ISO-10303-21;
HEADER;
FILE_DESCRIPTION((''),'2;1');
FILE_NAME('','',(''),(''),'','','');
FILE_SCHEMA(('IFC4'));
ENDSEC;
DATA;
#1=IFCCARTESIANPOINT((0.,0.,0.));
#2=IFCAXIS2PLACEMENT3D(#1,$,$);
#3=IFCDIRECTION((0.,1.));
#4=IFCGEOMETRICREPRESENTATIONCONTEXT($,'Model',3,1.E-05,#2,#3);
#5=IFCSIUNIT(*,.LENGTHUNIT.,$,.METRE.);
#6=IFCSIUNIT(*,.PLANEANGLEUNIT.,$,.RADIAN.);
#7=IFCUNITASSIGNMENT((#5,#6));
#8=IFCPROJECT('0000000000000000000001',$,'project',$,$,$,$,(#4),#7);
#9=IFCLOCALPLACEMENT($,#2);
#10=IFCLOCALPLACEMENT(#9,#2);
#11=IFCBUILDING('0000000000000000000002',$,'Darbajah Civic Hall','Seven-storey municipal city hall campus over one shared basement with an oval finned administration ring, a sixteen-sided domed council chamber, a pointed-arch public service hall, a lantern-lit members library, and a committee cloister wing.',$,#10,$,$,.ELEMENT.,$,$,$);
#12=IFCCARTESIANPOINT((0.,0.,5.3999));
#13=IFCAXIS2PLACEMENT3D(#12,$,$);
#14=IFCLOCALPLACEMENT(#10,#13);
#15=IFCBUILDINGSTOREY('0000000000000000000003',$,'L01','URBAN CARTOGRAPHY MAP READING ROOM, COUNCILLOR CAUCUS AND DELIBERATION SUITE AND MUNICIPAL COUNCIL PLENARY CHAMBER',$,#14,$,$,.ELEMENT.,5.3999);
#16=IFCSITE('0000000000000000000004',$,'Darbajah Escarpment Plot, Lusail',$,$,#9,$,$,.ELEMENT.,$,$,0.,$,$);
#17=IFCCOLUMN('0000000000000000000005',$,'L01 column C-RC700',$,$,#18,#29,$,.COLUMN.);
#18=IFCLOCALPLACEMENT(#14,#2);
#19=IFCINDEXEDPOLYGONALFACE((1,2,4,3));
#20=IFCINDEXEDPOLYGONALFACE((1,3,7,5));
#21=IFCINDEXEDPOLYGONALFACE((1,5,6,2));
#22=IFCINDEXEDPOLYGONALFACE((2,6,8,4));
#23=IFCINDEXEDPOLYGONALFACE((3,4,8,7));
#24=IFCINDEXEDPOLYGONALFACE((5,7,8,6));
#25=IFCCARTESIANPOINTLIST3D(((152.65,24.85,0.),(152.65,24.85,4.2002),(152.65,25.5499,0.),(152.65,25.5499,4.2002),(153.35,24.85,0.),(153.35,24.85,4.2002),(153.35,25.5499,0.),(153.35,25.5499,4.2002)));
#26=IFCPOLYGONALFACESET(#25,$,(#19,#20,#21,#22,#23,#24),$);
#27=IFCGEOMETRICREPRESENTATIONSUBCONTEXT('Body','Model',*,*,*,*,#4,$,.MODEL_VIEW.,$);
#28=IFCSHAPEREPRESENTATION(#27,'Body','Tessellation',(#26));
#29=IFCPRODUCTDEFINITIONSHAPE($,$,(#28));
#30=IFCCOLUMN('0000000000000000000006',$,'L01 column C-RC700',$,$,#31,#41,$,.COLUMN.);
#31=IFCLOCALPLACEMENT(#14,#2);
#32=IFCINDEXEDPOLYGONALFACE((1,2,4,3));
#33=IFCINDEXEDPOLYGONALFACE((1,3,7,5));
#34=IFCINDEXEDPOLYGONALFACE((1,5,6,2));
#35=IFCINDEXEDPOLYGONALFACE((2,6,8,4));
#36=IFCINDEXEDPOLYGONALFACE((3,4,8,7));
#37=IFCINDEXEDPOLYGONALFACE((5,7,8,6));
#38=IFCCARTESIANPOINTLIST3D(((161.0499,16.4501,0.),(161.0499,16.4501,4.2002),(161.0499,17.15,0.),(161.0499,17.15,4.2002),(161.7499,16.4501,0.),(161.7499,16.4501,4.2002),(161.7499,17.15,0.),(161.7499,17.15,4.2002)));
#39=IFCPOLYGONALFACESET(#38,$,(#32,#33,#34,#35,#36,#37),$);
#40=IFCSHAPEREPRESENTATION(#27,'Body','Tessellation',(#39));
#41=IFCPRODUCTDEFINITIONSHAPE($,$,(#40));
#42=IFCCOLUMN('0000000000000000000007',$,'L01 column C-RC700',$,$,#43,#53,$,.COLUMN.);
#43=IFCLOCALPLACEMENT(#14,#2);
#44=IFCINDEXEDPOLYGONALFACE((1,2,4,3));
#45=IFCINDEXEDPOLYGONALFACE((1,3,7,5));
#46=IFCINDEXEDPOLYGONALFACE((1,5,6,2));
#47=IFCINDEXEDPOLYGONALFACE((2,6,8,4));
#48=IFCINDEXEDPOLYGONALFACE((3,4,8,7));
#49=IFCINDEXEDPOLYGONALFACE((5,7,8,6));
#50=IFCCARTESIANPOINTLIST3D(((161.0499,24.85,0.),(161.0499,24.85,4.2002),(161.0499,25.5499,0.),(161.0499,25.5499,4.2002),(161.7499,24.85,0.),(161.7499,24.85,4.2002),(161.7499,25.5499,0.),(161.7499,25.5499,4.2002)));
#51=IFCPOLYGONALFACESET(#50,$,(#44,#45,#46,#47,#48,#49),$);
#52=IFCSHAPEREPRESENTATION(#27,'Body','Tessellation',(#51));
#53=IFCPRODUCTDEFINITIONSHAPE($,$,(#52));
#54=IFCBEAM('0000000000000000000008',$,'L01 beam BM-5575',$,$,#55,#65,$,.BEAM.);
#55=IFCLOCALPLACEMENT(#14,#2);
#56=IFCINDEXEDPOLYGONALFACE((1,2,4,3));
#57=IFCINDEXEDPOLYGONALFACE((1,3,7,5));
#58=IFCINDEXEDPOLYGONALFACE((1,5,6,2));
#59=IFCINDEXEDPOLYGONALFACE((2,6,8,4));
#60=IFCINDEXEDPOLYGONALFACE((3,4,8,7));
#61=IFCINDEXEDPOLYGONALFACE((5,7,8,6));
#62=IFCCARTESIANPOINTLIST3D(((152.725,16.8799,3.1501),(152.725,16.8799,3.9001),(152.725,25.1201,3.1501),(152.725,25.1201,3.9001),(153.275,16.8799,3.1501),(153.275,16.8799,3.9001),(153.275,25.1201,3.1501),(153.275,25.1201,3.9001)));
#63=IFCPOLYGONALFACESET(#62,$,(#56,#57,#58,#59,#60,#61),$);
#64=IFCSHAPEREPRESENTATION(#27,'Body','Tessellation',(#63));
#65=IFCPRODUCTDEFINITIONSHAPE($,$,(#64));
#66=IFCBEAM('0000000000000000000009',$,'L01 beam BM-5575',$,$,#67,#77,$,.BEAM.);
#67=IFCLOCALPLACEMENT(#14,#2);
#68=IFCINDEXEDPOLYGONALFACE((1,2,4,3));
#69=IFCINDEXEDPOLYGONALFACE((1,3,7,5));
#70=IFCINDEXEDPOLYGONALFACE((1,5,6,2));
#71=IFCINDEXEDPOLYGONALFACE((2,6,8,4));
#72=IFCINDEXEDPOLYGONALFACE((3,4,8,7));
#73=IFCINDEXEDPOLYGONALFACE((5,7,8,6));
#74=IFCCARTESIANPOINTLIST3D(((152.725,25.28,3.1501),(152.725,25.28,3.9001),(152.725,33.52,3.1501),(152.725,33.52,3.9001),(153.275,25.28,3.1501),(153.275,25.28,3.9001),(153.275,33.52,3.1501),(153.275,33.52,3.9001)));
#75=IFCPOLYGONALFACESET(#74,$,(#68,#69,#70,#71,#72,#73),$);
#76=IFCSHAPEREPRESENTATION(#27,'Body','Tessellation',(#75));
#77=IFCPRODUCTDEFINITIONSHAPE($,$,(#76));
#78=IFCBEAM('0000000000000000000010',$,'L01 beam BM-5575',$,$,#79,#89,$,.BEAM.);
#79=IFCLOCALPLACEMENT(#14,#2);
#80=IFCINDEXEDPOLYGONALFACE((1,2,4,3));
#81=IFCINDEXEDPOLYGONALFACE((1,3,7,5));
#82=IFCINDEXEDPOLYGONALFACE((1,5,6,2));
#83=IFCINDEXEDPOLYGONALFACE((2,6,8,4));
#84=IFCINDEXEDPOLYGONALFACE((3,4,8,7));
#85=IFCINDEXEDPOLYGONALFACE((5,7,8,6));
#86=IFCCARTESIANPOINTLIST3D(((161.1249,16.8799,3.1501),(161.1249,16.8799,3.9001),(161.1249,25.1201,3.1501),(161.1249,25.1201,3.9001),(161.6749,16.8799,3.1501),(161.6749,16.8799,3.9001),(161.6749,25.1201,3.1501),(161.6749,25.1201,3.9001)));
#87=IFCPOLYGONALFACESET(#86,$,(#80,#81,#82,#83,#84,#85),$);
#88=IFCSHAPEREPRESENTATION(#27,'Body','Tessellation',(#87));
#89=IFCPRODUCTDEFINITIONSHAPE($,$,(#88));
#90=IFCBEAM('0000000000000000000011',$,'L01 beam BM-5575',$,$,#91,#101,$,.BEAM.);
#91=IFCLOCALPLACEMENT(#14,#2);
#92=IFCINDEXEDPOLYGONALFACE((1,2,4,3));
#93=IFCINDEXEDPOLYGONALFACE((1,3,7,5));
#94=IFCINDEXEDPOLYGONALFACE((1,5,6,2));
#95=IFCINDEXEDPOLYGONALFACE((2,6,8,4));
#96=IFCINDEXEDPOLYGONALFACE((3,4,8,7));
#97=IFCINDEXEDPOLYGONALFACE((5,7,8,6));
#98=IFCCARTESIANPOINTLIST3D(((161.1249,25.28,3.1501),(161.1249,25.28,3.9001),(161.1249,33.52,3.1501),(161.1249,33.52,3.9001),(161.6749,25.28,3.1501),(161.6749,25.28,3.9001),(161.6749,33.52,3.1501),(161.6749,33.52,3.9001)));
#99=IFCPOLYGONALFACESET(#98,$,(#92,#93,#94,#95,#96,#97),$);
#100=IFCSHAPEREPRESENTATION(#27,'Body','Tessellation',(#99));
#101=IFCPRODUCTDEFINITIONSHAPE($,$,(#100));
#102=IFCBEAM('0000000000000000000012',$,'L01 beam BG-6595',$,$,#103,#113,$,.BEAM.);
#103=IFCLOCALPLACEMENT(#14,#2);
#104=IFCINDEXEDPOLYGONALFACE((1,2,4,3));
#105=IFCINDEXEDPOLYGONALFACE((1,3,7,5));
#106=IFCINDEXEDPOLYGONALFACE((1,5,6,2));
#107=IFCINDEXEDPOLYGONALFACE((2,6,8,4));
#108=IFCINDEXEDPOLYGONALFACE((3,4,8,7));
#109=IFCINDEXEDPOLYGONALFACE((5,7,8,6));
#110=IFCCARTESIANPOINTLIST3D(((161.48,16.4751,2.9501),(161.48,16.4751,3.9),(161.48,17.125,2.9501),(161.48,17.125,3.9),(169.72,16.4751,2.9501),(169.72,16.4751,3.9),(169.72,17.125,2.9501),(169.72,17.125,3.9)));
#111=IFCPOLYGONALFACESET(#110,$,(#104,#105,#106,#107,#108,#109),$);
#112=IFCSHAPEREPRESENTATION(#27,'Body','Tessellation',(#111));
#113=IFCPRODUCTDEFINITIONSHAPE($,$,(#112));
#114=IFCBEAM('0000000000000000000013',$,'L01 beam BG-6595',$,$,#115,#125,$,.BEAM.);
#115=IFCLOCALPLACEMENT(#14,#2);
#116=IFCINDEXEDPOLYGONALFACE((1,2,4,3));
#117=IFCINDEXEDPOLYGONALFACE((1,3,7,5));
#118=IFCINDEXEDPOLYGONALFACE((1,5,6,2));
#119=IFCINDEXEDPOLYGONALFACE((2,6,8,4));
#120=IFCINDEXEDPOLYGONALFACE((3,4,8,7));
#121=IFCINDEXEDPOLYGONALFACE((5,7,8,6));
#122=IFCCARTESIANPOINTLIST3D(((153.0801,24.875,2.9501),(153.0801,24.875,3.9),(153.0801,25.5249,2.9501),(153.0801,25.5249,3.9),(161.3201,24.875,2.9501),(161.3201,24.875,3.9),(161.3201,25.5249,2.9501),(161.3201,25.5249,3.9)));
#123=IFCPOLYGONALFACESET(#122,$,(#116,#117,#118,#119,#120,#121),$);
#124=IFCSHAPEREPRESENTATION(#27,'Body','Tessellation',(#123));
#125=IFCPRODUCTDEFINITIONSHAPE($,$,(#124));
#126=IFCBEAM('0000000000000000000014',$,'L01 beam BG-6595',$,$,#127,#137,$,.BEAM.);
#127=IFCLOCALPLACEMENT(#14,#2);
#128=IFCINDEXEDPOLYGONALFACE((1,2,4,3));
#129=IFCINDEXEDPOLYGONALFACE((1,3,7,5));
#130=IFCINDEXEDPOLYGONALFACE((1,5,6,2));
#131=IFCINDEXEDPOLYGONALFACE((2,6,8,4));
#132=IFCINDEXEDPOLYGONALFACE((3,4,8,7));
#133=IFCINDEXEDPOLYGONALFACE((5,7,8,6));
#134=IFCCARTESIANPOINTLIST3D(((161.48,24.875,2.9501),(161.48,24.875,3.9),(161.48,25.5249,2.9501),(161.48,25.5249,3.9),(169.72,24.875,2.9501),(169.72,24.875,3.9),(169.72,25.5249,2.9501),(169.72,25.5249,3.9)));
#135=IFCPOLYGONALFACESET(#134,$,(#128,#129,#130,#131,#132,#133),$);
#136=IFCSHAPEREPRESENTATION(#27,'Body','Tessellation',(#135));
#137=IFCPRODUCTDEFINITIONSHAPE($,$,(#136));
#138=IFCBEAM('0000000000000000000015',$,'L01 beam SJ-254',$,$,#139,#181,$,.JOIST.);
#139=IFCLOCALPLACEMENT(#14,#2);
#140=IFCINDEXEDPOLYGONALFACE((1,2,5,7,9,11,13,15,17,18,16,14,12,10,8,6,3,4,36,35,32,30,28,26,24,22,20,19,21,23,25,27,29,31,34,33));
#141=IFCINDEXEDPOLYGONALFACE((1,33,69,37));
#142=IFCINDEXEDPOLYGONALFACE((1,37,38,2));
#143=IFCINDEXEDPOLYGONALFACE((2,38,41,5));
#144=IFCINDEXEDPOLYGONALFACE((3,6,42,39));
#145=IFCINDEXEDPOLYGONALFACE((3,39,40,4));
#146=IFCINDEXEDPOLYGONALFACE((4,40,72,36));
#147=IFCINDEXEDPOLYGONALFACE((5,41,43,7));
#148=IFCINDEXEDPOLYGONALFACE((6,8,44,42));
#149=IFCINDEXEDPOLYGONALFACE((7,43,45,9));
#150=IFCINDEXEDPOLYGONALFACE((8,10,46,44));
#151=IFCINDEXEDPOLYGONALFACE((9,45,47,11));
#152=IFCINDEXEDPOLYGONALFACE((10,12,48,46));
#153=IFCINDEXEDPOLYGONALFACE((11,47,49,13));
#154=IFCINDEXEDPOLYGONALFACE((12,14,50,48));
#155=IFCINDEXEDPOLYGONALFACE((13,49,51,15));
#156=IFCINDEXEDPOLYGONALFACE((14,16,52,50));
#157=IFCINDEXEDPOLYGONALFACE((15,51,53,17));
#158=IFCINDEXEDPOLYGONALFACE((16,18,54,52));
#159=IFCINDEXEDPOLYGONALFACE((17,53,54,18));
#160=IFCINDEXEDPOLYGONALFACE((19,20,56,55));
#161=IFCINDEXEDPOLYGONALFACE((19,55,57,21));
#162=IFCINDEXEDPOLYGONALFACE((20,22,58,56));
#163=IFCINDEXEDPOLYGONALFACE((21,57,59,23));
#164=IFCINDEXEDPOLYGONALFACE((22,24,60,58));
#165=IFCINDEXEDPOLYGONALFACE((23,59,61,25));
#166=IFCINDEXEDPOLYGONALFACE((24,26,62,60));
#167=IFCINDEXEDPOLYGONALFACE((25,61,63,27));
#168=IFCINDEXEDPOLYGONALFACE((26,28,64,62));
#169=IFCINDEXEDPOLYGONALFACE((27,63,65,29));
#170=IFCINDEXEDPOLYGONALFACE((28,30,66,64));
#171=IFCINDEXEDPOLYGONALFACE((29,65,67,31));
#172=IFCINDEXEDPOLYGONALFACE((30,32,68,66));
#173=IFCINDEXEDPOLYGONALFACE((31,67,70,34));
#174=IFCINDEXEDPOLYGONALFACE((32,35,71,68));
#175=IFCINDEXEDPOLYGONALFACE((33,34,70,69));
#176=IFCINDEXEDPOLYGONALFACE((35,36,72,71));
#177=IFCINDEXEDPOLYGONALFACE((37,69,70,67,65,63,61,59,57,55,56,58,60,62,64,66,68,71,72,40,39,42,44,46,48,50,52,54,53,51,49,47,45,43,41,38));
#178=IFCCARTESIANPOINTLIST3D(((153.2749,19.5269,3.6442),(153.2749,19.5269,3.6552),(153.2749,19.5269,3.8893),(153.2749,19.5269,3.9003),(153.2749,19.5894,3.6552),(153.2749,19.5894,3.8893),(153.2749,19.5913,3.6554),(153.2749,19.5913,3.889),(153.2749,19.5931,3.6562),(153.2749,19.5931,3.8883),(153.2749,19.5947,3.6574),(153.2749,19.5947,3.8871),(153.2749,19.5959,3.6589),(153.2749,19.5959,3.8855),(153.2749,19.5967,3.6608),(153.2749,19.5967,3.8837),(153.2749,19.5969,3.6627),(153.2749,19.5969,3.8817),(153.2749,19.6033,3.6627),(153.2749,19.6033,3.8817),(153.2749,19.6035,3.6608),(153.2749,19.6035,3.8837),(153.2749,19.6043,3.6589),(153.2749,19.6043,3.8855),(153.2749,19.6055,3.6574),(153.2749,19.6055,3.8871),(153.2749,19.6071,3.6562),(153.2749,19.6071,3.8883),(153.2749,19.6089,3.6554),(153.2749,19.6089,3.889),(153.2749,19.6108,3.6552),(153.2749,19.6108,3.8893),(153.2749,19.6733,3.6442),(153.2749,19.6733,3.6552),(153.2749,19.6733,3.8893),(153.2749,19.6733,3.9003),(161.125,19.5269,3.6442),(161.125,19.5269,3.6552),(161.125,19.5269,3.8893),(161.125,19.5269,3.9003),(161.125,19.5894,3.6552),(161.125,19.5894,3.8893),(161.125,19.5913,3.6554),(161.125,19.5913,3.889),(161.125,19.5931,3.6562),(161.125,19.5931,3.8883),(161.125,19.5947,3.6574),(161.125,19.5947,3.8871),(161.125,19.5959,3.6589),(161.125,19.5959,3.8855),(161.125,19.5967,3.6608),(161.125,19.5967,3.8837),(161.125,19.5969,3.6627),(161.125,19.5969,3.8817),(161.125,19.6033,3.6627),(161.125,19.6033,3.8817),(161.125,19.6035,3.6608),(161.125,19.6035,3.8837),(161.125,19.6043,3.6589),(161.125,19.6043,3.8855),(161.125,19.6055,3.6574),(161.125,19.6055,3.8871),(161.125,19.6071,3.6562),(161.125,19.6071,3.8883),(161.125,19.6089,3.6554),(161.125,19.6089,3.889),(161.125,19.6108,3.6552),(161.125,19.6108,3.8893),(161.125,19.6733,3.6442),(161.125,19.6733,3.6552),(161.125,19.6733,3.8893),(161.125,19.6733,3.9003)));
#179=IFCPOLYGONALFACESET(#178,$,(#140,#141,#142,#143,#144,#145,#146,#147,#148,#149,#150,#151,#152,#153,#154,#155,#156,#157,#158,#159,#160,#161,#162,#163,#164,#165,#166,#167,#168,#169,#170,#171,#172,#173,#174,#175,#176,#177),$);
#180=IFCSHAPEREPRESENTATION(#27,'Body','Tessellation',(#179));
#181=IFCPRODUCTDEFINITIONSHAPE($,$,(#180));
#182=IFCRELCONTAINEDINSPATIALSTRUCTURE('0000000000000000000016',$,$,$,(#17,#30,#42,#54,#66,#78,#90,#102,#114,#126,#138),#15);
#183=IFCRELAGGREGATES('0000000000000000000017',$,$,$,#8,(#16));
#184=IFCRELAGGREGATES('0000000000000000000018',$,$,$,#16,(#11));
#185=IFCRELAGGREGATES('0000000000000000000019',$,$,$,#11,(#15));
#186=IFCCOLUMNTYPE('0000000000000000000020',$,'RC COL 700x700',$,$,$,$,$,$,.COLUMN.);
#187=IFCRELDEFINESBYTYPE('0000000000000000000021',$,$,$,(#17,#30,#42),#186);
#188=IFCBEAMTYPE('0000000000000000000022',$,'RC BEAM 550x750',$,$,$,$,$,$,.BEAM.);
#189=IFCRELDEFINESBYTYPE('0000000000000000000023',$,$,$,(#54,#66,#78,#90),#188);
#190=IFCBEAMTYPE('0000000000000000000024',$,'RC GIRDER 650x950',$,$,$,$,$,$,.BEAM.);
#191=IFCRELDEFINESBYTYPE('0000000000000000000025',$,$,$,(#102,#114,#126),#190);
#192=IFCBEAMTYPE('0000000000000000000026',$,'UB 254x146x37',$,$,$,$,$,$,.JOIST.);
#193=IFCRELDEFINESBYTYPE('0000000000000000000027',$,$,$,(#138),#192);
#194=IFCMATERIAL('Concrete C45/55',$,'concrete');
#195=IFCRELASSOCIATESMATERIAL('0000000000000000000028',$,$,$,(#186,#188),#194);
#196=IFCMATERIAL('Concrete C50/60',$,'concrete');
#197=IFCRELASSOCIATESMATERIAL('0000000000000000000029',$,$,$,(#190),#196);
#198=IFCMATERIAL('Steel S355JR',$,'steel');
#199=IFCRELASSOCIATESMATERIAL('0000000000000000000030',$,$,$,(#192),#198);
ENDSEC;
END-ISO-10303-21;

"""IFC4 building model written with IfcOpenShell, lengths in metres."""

from ifc_helpers import new_model, si_unit, direction, frame, origin, origin_2d, place, context, subcontext, project, spatial, rectangle, i_section, extrude, material, material_profile, profile_set, type_object, element, save


model = new_model("IFC4")

# Units and contexts
model_context = context("Model", 3, precision=1e-05, world=origin(), true_north=direction((0.0, 1.0)))
body_context = subcontext(model_context, "Body", "Model", "MODEL_VIEW")
ifc_project = project(units=[si_unit("LENGTHUNIT", "METRE"), si_unit("PLANEANGLEUNIT", "RADIAN")], contexts=[model_context])

# Site, building, storey
site_placement = place(None, origin())
site = spatial("IfcSite", under=ifc_project, at=site_placement, Name="Darbajah Escarpment Plot, Lusail", CompositionType="ELEMENT", RefElevation=0.0)
building_placement = place(site_placement, origin())
building = spatial("IfcBuilding", under=site, at=building_placement, Name="Darbajah Civic Hall", Description="Seven-storey municipal city hall campus over one shared basement with an oval finned administration ring, a sixteen-sided domed council chamber, a pointed-arch public service hall, a lantern-lit members library, and a committee cloister wing.", CompositionType="ELEMENT")
storey_placement = place(building_placement, frame((0.0, 0.0, 5.3999)))
storey = spatial("IfcBuildingStorey", under=building, at=storey_placement, Name="L01", Description="URBAN CARTOGRAPHY MAP READING ROOM, COUNCILLOR CAUCUS AND DELIBERATION SUITE AND MUNICIPAL COUNCIL PLENARY CHAMBER", CompositionType="ELEMENT", Elevation=5.3999)

# Columns
ifc_material_1 = material(Name="Concrete C45/55", Category="concrete")
ifc_material_profile_1 = material_profile(ifc_material_1, rectangle(XDim=0.7, YDim=0.7, at=origin_2d()), Name="RC COL 700x700")
ifc_profile_set_1 = profile_set([ifc_material_profile_1], Name="Concrete C45/55")
column_type = type_object("IfcColumnType", Name="RC COL 700x700", PredefinedType="COLUMN", material=ifc_profile_set_1)
for number, where, z_axis, x_axis, name in (
    (1, (153.0, 25.2, 0.0), (0.0, 0.0, 1.0), (1.0, 0.0, 0.0), "L01 column C-RC700"),
    (2, (161.3999, 16.8, 0.0), (0.0, 0.0, 1.0), (1.0, 0.0, 0.0), "L01 column C-RC700"),
    (3, (161.3999, 25.2, 0.0), (0.0, 0.0, 1.0), (1.0, 0.0, 0.0), "L01 column C-RC700"),
):
    element("IfcColumn", number, at=place(storey_placement, frame(where, z_axis=z_axis, x_axis=x_axis)), inside=storey, type_object=column_type, Name=name, PredefinedType="COLUMN", context=body_context, shape_type="SweptSolid", body=[
        extrude(rectangle(XDim=0.7, YDim=0.7, at=origin_2d()), origin(), (0.0, 0.0, 1.0), 4.2002),
    ])

# Beams
ifc_material_profile_2 = material_profile(ifc_material_1, rectangle(XDim=0.55, YDim=0.75, at=origin_2d()), Name="RC BEAM 550x750")
ifc_profile_set_2 = profile_set([ifc_material_profile_2], Name="Concrete C45/55")
beam_type_1 = type_object("IfcBeamType", Name="RC BEAM 550x750", PredefinedType="BEAM", material=ifc_profile_set_2)
beam_1_placement = place(storey_placement, frame((153.0, 16.8799, 3.5251), z_axis=(0.0, 1.0, 0.0), x_axis=(-1.0, 0.0, 0.0)))
element("IfcBeam", 4, at=beam_1_placement, inside=storey, type_object=beam_type_1, Name="L01 beam BM-5575", PredefinedType="BEAM", context=body_context, shape_type="SweptSolid", body=[
    extrude(rectangle(XDim=0.55, YDim=0.75, at=origin_2d()), origin(), (0.0, 0.0, 1.0), 8.2402),
])
beam_2_placement = place(storey_placement, frame((153.0, 25.28, 3.5251), z_axis=(0.0, 1.0, 0.0), x_axis=(-1.0, 0.0, 0.0)))
element("IfcBeam", 5, at=beam_2_placement, inside=storey, type_object=beam_type_1, Name="L01 beam BM-5575", PredefinedType="BEAM", context=body_context, shape_type="SweptSolid", body=[
    extrude(rectangle(XDim=0.55, YDim=0.75, at=origin_2d()), origin(), (0.0, 0.0, 1.0), 8.24),
])
beam_3_placement = place(storey_placement, frame((161.3999, 16.8799, 3.5251), z_axis=(0.0, 1.0, 0.0), x_axis=(-1.0, 0.0, 0.0)))
element("IfcBeam", 6, at=beam_3_placement, inside=storey, type_object=beam_type_1, Name="L01 beam BM-5575", PredefinedType="BEAM", context=body_context, shape_type="SweptSolid", body=[
    extrude(rectangle(XDim=0.55, YDim=0.75, at=origin_2d()), origin(), (0.0, 0.0, 1.0), 8.2402),
])
beam_4_placement = place(storey_placement, frame((161.3999, 25.28, 3.5251), z_axis=(0.0, 1.0, 0.0), x_axis=(-1.0, 0.0, 0.0)))
element("IfcBeam", 7, at=beam_4_placement, inside=storey, type_object=beam_type_1, Name="L01 beam BM-5575", PredefinedType="BEAM", context=body_context, shape_type="SweptSolid", body=[
    extrude(rectangle(XDim=0.55, YDim=0.75, at=origin_2d()), origin(), (0.0, 0.0, 1.0), 8.24),
])
ifc_material_2 = material(Name="Concrete C50/60", Category="concrete")
ifc_material_profile_3 = material_profile(ifc_material_2, rectangle(XDim=0.6499, YDim=0.95, at=origin_2d()), Name="RC GIRDER 650x950")
ifc_profile_set_3 = profile_set([ifc_material_profile_3], Name="Concrete C50/60")
beam_type_2 = type_object("IfcBeamType", Name="RC GIRDER 650x950", PredefinedType="BEAM", material=ifc_profile_set_3)
for number, where, z_axis, x_axis, name in (
    (8, (161.48, 16.8, 3.425), (1.0, 0.0, 0.0), (0.0, 1.0, 0.0), "L01 beam BG-6595"),
    (9, (153.0801, 25.2, 3.425), (1.0, 0.0, 0.0), (0.0, 1.0, 0.0), "L01 beam BG-6595"),
    (10, (161.48, 25.2, 3.425), (1.0, 0.0, 0.0), (0.0, 1.0, 0.0), "L01 beam BG-6595"),
):
    element("IfcBeam", number, at=place(storey_placement, frame(where, z_axis=z_axis, x_axis=x_axis)), inside=storey, type_object=beam_type_2, Name=name, PredefinedType="BEAM", context=body_context, shape_type="SweptSolid", body=[
        extrude(rectangle(XDim=0.6499, YDim=0.95, at=origin_2d()), origin(), (0.0, 0.0, 1.0), 8.24),
    ])
ifc_material_3 = material(Name="Steel S355JR", Category="steel")
ifc_material_profile_4 = material_profile(ifc_material_3, i_section(OverallWidth=0.1465, OverallDepth=0.2561, WebThickness=0.0063, FlangeThickness=0.011, FilletRadius=0.0076, at=origin_2d()), Name="UB 254x146x37")
ifc_profile_set_4 = profile_set([ifc_material_profile_4], Name="Steel S355JR")
beam_type_3 = type_object("IfcBeamType", Name="UB 254x146x37", PredefinedType="JOIST", material=ifc_profile_set_4)
for number, where, z_axis, x_axis, name in (
    (11, (153.2749, 19.6001, 3.7722), (1.0, 0.0, 0.0), (0.0, 1.0, 0.0), "L01 beam SJ-254"),
):
    element("IfcBeam", number, at=place(storey_placement, frame(where, z_axis=z_axis, x_axis=x_axis)), inside=storey, type_object=beam_type_3, Name=name, PredefinedType="JOIST", context=body_context, shape_type="SweptSolid", body=[
        extrude(i_section(OverallWidth=0.1465, OverallDepth=0.2561, WebThickness=0.0063, FlangeThickness=0.011, FilletRadius=0.0076, at=origin_2d()), origin(), (0.0, 0.0, 1.0), 7.8501),
    ])

save(model, "model.ifc")
